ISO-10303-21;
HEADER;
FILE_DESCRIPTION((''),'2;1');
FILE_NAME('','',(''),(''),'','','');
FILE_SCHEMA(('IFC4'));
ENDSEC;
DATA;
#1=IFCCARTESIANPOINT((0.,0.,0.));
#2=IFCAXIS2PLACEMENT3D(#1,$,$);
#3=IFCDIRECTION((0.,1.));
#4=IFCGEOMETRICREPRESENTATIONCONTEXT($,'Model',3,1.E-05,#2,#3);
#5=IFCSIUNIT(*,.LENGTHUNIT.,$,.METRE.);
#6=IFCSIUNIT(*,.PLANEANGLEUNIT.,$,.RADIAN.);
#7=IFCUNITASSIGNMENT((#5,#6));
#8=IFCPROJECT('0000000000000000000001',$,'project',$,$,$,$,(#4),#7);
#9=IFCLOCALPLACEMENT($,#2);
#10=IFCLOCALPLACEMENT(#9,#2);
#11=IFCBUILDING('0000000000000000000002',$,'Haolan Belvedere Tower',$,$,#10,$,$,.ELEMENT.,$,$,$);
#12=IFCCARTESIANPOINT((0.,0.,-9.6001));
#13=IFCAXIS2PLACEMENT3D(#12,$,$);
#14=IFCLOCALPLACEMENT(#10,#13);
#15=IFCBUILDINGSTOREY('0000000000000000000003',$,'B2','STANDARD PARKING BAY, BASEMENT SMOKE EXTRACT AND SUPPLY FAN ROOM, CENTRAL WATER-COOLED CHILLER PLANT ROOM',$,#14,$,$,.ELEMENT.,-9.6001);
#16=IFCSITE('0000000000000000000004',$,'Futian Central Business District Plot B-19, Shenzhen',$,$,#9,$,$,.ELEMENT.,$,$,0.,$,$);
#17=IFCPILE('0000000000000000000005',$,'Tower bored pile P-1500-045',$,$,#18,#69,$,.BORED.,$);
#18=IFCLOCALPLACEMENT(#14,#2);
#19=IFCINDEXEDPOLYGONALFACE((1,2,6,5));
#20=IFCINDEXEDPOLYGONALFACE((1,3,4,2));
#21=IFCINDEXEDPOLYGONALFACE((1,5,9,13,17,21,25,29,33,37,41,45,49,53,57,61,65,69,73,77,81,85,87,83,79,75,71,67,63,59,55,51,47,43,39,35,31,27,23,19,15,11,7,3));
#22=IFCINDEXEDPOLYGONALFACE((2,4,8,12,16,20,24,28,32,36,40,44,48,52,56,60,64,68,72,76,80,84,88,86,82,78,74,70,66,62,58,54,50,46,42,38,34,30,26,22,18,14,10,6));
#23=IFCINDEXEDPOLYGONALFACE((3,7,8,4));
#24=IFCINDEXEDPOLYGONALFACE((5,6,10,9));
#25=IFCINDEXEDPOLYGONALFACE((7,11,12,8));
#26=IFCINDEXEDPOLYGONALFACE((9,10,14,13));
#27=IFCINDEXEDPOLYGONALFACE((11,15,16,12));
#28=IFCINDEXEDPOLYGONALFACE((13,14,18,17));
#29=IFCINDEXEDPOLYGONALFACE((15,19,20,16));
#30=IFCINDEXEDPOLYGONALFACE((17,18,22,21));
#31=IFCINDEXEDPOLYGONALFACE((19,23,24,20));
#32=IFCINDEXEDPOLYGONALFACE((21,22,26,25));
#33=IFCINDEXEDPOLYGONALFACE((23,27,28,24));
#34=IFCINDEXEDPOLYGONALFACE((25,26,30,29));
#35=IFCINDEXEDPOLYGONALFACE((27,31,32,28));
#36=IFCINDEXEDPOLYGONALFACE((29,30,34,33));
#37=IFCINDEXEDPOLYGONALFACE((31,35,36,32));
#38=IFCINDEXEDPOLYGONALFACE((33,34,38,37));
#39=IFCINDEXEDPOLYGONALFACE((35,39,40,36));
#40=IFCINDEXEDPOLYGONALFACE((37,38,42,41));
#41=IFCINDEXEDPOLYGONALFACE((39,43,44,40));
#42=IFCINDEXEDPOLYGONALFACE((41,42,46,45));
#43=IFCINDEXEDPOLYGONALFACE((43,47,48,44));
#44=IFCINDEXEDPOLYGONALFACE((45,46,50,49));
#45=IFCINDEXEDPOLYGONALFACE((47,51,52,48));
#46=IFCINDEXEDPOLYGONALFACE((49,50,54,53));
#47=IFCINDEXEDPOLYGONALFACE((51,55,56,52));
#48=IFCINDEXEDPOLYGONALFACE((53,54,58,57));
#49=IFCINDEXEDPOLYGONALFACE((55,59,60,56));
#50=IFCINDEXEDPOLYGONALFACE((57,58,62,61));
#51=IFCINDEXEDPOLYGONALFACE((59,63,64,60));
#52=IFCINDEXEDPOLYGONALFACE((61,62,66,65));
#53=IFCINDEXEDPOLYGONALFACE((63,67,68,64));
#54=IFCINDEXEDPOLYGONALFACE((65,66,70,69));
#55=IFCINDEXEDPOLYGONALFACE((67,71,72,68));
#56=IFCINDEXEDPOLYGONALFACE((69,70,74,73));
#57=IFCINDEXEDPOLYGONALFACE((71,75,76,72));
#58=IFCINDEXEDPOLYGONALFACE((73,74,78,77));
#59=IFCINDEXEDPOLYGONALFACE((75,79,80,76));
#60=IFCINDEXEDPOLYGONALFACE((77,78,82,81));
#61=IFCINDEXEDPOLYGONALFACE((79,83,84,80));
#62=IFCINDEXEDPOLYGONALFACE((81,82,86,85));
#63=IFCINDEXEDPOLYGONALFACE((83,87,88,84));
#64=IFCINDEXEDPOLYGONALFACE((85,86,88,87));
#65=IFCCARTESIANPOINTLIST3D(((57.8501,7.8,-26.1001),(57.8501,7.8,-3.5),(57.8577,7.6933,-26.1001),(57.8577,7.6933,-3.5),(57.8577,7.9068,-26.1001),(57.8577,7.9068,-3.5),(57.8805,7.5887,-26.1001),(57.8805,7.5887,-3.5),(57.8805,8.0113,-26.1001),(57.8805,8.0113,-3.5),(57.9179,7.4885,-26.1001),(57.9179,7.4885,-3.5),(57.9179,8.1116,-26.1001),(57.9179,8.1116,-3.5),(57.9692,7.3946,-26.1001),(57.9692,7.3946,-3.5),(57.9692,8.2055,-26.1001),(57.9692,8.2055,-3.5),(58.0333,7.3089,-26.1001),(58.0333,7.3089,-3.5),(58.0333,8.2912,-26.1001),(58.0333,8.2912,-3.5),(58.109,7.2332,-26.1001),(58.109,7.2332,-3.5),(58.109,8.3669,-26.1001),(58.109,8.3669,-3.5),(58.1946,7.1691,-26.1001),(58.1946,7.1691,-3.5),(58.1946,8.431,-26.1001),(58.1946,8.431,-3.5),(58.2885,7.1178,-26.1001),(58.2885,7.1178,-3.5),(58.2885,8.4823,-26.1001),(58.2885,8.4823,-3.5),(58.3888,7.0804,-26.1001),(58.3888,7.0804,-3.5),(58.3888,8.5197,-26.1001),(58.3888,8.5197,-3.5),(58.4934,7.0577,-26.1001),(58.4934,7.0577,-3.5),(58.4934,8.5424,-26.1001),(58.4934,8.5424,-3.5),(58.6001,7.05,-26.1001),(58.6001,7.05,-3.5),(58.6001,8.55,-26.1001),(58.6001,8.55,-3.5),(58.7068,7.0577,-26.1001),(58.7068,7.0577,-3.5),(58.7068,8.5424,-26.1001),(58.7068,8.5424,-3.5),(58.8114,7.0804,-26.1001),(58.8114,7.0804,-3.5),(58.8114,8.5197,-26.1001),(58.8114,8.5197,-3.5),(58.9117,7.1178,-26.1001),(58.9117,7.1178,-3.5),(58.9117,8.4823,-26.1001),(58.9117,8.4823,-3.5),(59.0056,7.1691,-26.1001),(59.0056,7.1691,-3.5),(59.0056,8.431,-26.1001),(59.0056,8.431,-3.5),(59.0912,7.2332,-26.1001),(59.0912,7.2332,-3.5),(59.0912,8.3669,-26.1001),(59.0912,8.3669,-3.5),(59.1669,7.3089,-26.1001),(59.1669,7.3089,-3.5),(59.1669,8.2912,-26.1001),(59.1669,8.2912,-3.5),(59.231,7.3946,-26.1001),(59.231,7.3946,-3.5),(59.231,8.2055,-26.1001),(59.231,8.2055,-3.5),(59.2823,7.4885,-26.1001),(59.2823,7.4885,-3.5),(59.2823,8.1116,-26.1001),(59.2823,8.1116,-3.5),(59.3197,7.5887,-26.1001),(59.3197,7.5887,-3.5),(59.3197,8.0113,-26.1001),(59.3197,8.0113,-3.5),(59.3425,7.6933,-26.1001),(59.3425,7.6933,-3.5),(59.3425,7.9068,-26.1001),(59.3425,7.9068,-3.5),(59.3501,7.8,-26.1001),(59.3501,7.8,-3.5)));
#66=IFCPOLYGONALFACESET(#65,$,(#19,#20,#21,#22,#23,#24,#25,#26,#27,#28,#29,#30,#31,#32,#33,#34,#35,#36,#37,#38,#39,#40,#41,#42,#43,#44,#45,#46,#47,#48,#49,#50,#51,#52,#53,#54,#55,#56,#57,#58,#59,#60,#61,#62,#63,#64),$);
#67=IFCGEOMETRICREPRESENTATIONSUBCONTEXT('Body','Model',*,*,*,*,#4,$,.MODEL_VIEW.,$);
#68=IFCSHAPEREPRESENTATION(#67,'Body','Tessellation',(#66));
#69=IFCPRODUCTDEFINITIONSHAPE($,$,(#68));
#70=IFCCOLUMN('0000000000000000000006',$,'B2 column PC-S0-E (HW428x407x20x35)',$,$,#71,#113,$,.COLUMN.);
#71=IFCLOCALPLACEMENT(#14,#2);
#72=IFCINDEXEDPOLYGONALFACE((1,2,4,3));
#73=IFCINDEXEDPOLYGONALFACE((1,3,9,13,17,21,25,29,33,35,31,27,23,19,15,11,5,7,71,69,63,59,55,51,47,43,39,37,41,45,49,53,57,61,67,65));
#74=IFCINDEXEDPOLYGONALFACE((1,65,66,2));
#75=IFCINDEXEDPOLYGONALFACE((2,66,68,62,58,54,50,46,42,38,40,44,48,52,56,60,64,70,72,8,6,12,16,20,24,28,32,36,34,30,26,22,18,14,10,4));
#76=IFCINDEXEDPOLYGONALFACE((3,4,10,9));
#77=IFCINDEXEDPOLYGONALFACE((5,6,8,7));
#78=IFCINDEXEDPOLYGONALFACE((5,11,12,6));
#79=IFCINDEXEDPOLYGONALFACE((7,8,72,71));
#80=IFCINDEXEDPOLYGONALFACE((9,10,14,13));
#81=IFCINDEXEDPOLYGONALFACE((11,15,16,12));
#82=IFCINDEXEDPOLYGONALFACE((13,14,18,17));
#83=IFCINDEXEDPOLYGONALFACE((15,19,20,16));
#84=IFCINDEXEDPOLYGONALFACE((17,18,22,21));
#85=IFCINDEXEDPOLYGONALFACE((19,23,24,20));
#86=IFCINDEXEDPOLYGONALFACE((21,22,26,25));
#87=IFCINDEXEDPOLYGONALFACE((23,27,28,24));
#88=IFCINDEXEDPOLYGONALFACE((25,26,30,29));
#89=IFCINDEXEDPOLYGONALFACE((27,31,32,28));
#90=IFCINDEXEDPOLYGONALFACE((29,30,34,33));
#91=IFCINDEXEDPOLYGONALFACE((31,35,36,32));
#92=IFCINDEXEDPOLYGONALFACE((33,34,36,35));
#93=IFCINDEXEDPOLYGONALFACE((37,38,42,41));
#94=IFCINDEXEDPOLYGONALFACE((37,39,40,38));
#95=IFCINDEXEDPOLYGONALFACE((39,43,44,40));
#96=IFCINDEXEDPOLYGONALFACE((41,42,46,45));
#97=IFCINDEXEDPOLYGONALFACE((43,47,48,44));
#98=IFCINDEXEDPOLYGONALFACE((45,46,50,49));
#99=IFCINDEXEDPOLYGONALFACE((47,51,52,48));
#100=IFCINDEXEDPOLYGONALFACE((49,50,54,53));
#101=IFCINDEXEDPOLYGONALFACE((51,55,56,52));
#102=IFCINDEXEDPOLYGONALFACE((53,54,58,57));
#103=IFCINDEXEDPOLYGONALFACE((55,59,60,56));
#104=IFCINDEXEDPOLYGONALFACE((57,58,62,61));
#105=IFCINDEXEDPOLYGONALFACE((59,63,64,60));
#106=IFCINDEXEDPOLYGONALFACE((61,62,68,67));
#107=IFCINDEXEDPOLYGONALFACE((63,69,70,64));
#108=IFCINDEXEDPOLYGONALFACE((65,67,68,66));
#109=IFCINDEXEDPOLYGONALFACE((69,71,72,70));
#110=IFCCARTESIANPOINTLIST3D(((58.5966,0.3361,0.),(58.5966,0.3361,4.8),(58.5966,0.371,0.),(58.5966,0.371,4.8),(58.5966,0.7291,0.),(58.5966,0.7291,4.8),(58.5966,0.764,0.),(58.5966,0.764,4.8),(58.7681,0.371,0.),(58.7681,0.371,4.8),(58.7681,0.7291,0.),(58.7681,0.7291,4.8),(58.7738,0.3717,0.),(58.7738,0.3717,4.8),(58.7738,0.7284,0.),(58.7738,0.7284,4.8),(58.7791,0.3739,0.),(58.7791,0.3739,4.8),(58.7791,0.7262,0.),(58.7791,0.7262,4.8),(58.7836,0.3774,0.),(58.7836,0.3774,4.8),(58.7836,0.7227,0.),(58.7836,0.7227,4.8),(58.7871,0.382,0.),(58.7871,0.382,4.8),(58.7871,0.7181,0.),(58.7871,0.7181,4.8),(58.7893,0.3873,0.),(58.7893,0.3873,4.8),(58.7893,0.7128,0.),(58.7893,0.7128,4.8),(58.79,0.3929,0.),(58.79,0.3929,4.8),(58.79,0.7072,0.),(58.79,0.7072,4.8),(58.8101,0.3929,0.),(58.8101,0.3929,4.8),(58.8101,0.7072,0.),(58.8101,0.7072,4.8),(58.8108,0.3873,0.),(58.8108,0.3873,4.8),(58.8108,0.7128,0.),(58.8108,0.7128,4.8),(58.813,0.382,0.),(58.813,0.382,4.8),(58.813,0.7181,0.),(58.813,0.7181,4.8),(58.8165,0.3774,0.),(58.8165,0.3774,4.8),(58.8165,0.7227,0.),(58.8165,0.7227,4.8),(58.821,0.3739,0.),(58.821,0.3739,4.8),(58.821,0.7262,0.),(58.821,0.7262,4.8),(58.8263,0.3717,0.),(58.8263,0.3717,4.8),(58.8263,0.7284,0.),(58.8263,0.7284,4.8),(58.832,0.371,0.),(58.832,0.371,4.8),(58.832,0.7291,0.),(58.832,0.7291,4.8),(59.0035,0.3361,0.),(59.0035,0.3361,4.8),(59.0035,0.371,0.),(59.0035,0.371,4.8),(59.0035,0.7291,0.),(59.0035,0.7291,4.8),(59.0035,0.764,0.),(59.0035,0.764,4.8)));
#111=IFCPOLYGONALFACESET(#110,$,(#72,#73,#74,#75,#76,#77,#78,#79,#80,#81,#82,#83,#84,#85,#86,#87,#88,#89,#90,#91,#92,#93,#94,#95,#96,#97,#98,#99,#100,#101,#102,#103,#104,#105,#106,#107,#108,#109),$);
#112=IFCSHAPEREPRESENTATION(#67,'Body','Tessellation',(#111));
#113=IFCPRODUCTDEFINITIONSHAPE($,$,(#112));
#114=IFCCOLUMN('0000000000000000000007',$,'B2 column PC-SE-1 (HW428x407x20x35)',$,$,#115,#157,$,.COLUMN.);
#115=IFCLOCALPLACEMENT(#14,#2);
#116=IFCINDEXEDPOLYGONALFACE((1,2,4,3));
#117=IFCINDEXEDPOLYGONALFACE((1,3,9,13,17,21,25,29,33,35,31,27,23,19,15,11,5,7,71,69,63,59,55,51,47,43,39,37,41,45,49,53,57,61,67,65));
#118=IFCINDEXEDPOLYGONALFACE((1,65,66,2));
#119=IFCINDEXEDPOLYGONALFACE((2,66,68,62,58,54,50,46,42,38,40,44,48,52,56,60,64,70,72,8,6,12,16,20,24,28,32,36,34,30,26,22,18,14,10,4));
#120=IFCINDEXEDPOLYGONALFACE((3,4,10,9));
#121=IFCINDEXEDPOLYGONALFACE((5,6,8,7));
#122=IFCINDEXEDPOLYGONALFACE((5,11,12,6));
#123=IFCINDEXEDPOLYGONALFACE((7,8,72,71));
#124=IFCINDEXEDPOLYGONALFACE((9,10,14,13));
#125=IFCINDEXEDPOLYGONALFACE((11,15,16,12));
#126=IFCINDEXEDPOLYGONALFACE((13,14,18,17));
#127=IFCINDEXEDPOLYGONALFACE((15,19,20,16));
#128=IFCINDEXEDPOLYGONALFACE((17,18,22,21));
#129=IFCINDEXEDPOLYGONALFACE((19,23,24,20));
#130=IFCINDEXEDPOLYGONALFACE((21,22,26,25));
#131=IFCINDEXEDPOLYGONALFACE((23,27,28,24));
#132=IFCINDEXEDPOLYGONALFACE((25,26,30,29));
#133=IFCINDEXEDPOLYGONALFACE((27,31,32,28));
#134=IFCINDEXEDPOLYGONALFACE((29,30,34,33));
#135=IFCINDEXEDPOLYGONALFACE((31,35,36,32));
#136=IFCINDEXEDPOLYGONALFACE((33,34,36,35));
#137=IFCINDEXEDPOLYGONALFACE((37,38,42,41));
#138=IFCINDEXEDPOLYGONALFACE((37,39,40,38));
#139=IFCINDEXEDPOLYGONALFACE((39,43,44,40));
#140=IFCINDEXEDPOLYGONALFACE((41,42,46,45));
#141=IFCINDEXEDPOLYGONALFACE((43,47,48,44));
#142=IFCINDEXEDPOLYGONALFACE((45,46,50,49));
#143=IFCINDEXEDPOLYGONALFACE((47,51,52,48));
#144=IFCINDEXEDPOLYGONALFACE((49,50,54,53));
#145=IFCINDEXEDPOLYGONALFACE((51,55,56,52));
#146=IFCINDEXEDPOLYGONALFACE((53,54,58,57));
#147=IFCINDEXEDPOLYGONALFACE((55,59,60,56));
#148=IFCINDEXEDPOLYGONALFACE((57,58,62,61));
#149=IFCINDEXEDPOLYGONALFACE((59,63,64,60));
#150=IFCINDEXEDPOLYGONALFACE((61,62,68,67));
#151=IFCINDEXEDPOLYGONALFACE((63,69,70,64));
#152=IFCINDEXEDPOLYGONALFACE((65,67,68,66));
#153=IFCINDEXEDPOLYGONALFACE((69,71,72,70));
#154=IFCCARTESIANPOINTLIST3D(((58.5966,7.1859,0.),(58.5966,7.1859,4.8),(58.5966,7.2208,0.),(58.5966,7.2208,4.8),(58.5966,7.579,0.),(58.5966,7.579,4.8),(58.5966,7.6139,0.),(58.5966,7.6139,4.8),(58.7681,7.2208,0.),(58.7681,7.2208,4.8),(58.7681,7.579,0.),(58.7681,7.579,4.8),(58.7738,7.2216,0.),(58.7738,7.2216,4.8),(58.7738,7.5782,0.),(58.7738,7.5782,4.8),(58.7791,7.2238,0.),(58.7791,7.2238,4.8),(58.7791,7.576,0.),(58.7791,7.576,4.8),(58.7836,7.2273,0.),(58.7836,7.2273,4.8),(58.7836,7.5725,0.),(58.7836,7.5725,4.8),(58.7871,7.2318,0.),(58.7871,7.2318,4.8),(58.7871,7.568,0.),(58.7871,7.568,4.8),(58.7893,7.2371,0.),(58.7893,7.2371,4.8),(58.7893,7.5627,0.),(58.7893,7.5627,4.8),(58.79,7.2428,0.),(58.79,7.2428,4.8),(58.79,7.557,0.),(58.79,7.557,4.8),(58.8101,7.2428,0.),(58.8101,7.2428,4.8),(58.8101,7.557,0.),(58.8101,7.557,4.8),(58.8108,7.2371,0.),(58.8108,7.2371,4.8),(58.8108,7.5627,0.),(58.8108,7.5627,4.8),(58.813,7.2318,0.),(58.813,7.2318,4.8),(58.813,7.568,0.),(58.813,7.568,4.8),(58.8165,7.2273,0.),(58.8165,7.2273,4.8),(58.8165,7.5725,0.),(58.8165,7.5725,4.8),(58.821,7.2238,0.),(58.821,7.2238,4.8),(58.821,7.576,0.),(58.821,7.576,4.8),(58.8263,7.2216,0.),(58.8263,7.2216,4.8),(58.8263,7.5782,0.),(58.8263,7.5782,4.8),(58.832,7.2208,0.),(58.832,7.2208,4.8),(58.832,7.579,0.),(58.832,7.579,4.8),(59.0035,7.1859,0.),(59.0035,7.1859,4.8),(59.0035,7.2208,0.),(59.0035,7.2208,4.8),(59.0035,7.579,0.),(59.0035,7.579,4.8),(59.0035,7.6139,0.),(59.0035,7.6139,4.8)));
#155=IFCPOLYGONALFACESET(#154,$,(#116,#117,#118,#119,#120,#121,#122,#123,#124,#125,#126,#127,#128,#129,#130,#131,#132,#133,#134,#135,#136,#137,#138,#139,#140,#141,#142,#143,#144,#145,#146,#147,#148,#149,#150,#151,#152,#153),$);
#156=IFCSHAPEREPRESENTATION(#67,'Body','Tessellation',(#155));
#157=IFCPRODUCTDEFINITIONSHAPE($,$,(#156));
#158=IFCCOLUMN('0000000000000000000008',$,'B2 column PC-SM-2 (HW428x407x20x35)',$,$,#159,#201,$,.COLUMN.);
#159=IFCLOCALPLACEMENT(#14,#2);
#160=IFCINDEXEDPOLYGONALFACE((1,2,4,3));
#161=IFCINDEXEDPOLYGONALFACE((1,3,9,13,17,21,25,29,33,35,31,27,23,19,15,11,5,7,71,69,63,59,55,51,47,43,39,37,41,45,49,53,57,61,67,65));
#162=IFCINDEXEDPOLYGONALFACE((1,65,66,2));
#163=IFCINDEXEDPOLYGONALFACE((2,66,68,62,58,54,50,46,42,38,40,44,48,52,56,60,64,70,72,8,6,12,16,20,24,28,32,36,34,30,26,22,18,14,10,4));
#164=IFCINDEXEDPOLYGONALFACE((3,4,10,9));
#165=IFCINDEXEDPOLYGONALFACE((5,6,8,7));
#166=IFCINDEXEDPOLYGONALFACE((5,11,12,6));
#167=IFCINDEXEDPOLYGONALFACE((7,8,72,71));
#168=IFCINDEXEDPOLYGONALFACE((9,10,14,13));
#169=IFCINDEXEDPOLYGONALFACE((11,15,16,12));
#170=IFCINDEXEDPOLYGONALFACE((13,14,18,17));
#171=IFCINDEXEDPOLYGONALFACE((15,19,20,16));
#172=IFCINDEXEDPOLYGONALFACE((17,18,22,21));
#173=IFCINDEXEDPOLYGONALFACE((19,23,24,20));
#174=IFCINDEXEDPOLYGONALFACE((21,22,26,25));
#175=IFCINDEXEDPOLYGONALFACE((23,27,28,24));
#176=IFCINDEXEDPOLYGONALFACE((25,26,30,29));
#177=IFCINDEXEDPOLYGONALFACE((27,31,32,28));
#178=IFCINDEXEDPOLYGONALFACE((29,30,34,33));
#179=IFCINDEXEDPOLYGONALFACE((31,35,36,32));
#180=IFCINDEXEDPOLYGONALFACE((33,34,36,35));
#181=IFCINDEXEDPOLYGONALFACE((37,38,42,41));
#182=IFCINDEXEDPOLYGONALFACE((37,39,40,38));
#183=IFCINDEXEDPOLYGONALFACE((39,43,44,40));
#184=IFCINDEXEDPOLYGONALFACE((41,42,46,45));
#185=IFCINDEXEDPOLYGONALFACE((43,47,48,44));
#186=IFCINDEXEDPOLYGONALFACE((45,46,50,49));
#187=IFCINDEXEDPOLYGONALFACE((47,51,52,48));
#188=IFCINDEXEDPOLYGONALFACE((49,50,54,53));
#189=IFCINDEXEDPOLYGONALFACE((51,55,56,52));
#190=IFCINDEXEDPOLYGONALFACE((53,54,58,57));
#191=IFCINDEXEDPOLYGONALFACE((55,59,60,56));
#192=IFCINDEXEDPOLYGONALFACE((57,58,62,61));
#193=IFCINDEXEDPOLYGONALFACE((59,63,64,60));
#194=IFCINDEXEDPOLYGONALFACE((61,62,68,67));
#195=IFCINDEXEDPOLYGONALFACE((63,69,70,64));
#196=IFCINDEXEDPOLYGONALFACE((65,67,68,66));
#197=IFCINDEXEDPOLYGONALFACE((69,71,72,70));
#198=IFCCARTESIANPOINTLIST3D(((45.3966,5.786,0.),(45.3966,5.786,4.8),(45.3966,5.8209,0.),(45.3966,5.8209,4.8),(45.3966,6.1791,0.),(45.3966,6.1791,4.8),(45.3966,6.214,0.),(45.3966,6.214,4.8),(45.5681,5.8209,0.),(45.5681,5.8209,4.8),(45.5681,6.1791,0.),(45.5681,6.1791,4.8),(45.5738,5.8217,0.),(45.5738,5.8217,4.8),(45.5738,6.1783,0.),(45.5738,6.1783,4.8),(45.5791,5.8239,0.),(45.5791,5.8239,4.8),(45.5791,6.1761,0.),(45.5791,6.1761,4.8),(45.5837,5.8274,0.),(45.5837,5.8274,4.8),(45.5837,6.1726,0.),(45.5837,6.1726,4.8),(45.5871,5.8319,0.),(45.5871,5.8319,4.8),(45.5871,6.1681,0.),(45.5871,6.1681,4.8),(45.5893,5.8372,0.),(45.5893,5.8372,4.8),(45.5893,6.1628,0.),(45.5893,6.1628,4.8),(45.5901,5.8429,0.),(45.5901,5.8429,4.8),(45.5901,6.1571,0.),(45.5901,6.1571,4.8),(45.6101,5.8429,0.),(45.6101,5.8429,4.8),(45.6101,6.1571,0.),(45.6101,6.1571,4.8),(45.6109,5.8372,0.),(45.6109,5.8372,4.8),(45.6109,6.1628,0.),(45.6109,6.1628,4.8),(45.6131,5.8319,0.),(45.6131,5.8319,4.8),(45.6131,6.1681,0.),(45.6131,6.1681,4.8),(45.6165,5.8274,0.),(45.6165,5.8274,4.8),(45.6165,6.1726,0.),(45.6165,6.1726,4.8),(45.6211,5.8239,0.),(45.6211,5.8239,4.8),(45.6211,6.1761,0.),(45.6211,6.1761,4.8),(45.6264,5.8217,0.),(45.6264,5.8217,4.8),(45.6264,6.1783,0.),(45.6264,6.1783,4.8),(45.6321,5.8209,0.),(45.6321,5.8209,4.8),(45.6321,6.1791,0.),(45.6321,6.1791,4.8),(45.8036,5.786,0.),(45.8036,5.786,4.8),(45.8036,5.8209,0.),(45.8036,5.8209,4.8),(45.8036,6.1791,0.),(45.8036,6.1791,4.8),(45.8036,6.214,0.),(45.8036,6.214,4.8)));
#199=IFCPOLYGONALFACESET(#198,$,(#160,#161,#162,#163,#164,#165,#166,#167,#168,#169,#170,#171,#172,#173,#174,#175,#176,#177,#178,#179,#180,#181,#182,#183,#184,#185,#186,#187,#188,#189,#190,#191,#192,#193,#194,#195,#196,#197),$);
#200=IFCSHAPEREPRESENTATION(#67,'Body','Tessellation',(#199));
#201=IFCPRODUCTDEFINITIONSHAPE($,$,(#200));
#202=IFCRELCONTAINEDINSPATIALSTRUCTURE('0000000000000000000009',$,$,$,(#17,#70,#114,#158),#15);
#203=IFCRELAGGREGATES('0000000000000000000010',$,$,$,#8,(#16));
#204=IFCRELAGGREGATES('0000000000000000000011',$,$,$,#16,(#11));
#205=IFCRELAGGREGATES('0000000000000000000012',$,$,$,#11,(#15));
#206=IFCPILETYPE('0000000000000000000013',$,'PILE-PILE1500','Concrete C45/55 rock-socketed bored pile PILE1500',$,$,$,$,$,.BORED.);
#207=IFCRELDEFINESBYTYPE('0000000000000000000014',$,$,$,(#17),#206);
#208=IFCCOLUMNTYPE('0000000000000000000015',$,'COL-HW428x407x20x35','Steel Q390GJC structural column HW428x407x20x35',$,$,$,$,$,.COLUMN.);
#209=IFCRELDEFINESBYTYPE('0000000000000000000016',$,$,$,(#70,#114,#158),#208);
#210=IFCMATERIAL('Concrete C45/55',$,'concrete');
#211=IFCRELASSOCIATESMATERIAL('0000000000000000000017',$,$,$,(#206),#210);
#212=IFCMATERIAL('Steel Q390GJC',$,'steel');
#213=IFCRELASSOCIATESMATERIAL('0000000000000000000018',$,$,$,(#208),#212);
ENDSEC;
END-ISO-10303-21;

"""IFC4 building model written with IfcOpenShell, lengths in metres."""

from ifc_helpers import new_model, si_unit, direction, frame, origin, origin_2d, place, context, subcontext, project, spatial, circle, i_section, extrude, material, material_profile, profile_set, type_object, element, save


model = new_model("IFC4")

# Units and contexts
model_context = context("Model", 3, precision=1e-05, world=origin(), true_north=direction((0.0, 1.0)))
body_context = subcontext(model_context, "Body", "Model", "MODEL_VIEW")
ifc_project = project(units=[si_unit("LENGTHUNIT", "METRE"), si_unit("PLANEANGLEUNIT", "RADIAN")], contexts=[model_context])

# Site, building, storey
site_placement = place(None, origin())
site = spatial("IfcSite", under=ifc_project, at=site_placement, Name="Futian Central Business District Plot B-19, Shenzhen", CompositionType="ELEMENT", RefElevation=0.0)
building_placement = place(site_placement, origin())
building = spatial("IfcBuilding", under=site, at=building_placement, Name="Haolan Belvedere Tower", CompositionType="ELEMENT")
storey_placement = place(building_placement, frame((0.0, 0.0, -9.6001)))
storey = spatial("IfcBuildingStorey", under=building, at=storey_placement, Name="B2", Description="STANDARD PARKING BAY, BASEMENT SMOKE EXTRACT AND SUPPLY FAN ROOM, CENTRAL WATER-COOLED CHILLER PLANT ROOM", CompositionType="ELEMENT", Elevation=-9.6001)

# Pile
ifc_material_1 = material(Name="Concrete C45/55", Category="concrete")
ifc_material_profile_1 = material_profile(ifc_material_1, circle(Radius=0.75, at=origin_2d()), Name="Concrete C45/55")
ifc_profile_set_1 = profile_set([ifc_material_profile_1], Name="Concrete C45/55")
pile_type_1 = type_object("IfcPileType", Name="PILE-PILE1500", Description="Concrete C45/55 rock-socketed bored pile PILE1500", PredefinedType="BORED", material=ifc_profile_set_1)
for number, where, z_axis, x_axis, name in (
    (1, (58.6001, 7.8, -3.5), (0.0, 0.0, -1.0), (1.0, 0.0, 0.0), "Tower bored pile P-1500-045"),
):
    element("IfcPile", number, at=place(storey_placement, frame(where, z_axis=z_axis, x_axis=x_axis)), inside=storey, type_object=pile_type_1, Name=name, PredefinedType="BORED", context=body_context, shape_type="SweptSolid", body=[
        extrude(circle(Radius=0.75, at=origin_2d()), origin(), (0.0, 0.0, 1.0), 22.6001),
    ])

# Columns
ifc_material_2 = material(Name="Steel Q390GJC", Category="steel")
ifc_material_profile_2 = material_profile(ifc_material_2, i_section(OverallWidth=0.407, OverallDepth=0.428, WebThickness=0.02, FlangeThickness=0.0349, FilletRadius=0.022, at=origin_2d()), Name="Steel Q390GJC")
ifc_profile_set_2 = profile_set([ifc_material_profile_2], Name="Steel Q390GJC")
column_type = type_object("IfcColumnType", Name="COL-HW428x407x20x35", Description="Steel Q390GJC structural column HW428x407x20x35", PredefinedType="COLUMN", material=ifc_profile_set_2)
for number, where, z_axis, x_axis, name in (
    (2, (58.8, 0.55, 0.0), (0.0, 0.0, 1.0), (1.0, 0.0, 0.0), "B2 column PC-S0-E (HW428x407x20x35)"),
    (3, (58.8, 7.3999, 0.0), (0.0, 0.0, 1.0), (1.0, 0.0, 0.0), "B2 column PC-SE-1 (HW428x407x20x35)"),
    (4, (45.6001, 6.0, 0.0), (0.0, 0.0, 1.0), (1.0, 0.0, 0.0), "B2 column PC-SM-2 (HW428x407x20x35)"),
):
    element("IfcColumn", number, at=place(storey_placement, frame(where, z_axis=z_axis, x_axis=x_axis)), inside=storey, type_object=column_type, Name=name, PredefinedType="COLUMN", context=body_context, shape_type="SweptSolid", body=[
        extrude(i_section(OverallWidth=0.407, OverallDepth=0.428, WebThickness=0.02, FlangeThickness=0.0349, FilletRadius=0.022, at=origin_2d()), origin(), (0.0, 0.0, 1.0), 4.8),
    ])

save(model, "model.ifc")
